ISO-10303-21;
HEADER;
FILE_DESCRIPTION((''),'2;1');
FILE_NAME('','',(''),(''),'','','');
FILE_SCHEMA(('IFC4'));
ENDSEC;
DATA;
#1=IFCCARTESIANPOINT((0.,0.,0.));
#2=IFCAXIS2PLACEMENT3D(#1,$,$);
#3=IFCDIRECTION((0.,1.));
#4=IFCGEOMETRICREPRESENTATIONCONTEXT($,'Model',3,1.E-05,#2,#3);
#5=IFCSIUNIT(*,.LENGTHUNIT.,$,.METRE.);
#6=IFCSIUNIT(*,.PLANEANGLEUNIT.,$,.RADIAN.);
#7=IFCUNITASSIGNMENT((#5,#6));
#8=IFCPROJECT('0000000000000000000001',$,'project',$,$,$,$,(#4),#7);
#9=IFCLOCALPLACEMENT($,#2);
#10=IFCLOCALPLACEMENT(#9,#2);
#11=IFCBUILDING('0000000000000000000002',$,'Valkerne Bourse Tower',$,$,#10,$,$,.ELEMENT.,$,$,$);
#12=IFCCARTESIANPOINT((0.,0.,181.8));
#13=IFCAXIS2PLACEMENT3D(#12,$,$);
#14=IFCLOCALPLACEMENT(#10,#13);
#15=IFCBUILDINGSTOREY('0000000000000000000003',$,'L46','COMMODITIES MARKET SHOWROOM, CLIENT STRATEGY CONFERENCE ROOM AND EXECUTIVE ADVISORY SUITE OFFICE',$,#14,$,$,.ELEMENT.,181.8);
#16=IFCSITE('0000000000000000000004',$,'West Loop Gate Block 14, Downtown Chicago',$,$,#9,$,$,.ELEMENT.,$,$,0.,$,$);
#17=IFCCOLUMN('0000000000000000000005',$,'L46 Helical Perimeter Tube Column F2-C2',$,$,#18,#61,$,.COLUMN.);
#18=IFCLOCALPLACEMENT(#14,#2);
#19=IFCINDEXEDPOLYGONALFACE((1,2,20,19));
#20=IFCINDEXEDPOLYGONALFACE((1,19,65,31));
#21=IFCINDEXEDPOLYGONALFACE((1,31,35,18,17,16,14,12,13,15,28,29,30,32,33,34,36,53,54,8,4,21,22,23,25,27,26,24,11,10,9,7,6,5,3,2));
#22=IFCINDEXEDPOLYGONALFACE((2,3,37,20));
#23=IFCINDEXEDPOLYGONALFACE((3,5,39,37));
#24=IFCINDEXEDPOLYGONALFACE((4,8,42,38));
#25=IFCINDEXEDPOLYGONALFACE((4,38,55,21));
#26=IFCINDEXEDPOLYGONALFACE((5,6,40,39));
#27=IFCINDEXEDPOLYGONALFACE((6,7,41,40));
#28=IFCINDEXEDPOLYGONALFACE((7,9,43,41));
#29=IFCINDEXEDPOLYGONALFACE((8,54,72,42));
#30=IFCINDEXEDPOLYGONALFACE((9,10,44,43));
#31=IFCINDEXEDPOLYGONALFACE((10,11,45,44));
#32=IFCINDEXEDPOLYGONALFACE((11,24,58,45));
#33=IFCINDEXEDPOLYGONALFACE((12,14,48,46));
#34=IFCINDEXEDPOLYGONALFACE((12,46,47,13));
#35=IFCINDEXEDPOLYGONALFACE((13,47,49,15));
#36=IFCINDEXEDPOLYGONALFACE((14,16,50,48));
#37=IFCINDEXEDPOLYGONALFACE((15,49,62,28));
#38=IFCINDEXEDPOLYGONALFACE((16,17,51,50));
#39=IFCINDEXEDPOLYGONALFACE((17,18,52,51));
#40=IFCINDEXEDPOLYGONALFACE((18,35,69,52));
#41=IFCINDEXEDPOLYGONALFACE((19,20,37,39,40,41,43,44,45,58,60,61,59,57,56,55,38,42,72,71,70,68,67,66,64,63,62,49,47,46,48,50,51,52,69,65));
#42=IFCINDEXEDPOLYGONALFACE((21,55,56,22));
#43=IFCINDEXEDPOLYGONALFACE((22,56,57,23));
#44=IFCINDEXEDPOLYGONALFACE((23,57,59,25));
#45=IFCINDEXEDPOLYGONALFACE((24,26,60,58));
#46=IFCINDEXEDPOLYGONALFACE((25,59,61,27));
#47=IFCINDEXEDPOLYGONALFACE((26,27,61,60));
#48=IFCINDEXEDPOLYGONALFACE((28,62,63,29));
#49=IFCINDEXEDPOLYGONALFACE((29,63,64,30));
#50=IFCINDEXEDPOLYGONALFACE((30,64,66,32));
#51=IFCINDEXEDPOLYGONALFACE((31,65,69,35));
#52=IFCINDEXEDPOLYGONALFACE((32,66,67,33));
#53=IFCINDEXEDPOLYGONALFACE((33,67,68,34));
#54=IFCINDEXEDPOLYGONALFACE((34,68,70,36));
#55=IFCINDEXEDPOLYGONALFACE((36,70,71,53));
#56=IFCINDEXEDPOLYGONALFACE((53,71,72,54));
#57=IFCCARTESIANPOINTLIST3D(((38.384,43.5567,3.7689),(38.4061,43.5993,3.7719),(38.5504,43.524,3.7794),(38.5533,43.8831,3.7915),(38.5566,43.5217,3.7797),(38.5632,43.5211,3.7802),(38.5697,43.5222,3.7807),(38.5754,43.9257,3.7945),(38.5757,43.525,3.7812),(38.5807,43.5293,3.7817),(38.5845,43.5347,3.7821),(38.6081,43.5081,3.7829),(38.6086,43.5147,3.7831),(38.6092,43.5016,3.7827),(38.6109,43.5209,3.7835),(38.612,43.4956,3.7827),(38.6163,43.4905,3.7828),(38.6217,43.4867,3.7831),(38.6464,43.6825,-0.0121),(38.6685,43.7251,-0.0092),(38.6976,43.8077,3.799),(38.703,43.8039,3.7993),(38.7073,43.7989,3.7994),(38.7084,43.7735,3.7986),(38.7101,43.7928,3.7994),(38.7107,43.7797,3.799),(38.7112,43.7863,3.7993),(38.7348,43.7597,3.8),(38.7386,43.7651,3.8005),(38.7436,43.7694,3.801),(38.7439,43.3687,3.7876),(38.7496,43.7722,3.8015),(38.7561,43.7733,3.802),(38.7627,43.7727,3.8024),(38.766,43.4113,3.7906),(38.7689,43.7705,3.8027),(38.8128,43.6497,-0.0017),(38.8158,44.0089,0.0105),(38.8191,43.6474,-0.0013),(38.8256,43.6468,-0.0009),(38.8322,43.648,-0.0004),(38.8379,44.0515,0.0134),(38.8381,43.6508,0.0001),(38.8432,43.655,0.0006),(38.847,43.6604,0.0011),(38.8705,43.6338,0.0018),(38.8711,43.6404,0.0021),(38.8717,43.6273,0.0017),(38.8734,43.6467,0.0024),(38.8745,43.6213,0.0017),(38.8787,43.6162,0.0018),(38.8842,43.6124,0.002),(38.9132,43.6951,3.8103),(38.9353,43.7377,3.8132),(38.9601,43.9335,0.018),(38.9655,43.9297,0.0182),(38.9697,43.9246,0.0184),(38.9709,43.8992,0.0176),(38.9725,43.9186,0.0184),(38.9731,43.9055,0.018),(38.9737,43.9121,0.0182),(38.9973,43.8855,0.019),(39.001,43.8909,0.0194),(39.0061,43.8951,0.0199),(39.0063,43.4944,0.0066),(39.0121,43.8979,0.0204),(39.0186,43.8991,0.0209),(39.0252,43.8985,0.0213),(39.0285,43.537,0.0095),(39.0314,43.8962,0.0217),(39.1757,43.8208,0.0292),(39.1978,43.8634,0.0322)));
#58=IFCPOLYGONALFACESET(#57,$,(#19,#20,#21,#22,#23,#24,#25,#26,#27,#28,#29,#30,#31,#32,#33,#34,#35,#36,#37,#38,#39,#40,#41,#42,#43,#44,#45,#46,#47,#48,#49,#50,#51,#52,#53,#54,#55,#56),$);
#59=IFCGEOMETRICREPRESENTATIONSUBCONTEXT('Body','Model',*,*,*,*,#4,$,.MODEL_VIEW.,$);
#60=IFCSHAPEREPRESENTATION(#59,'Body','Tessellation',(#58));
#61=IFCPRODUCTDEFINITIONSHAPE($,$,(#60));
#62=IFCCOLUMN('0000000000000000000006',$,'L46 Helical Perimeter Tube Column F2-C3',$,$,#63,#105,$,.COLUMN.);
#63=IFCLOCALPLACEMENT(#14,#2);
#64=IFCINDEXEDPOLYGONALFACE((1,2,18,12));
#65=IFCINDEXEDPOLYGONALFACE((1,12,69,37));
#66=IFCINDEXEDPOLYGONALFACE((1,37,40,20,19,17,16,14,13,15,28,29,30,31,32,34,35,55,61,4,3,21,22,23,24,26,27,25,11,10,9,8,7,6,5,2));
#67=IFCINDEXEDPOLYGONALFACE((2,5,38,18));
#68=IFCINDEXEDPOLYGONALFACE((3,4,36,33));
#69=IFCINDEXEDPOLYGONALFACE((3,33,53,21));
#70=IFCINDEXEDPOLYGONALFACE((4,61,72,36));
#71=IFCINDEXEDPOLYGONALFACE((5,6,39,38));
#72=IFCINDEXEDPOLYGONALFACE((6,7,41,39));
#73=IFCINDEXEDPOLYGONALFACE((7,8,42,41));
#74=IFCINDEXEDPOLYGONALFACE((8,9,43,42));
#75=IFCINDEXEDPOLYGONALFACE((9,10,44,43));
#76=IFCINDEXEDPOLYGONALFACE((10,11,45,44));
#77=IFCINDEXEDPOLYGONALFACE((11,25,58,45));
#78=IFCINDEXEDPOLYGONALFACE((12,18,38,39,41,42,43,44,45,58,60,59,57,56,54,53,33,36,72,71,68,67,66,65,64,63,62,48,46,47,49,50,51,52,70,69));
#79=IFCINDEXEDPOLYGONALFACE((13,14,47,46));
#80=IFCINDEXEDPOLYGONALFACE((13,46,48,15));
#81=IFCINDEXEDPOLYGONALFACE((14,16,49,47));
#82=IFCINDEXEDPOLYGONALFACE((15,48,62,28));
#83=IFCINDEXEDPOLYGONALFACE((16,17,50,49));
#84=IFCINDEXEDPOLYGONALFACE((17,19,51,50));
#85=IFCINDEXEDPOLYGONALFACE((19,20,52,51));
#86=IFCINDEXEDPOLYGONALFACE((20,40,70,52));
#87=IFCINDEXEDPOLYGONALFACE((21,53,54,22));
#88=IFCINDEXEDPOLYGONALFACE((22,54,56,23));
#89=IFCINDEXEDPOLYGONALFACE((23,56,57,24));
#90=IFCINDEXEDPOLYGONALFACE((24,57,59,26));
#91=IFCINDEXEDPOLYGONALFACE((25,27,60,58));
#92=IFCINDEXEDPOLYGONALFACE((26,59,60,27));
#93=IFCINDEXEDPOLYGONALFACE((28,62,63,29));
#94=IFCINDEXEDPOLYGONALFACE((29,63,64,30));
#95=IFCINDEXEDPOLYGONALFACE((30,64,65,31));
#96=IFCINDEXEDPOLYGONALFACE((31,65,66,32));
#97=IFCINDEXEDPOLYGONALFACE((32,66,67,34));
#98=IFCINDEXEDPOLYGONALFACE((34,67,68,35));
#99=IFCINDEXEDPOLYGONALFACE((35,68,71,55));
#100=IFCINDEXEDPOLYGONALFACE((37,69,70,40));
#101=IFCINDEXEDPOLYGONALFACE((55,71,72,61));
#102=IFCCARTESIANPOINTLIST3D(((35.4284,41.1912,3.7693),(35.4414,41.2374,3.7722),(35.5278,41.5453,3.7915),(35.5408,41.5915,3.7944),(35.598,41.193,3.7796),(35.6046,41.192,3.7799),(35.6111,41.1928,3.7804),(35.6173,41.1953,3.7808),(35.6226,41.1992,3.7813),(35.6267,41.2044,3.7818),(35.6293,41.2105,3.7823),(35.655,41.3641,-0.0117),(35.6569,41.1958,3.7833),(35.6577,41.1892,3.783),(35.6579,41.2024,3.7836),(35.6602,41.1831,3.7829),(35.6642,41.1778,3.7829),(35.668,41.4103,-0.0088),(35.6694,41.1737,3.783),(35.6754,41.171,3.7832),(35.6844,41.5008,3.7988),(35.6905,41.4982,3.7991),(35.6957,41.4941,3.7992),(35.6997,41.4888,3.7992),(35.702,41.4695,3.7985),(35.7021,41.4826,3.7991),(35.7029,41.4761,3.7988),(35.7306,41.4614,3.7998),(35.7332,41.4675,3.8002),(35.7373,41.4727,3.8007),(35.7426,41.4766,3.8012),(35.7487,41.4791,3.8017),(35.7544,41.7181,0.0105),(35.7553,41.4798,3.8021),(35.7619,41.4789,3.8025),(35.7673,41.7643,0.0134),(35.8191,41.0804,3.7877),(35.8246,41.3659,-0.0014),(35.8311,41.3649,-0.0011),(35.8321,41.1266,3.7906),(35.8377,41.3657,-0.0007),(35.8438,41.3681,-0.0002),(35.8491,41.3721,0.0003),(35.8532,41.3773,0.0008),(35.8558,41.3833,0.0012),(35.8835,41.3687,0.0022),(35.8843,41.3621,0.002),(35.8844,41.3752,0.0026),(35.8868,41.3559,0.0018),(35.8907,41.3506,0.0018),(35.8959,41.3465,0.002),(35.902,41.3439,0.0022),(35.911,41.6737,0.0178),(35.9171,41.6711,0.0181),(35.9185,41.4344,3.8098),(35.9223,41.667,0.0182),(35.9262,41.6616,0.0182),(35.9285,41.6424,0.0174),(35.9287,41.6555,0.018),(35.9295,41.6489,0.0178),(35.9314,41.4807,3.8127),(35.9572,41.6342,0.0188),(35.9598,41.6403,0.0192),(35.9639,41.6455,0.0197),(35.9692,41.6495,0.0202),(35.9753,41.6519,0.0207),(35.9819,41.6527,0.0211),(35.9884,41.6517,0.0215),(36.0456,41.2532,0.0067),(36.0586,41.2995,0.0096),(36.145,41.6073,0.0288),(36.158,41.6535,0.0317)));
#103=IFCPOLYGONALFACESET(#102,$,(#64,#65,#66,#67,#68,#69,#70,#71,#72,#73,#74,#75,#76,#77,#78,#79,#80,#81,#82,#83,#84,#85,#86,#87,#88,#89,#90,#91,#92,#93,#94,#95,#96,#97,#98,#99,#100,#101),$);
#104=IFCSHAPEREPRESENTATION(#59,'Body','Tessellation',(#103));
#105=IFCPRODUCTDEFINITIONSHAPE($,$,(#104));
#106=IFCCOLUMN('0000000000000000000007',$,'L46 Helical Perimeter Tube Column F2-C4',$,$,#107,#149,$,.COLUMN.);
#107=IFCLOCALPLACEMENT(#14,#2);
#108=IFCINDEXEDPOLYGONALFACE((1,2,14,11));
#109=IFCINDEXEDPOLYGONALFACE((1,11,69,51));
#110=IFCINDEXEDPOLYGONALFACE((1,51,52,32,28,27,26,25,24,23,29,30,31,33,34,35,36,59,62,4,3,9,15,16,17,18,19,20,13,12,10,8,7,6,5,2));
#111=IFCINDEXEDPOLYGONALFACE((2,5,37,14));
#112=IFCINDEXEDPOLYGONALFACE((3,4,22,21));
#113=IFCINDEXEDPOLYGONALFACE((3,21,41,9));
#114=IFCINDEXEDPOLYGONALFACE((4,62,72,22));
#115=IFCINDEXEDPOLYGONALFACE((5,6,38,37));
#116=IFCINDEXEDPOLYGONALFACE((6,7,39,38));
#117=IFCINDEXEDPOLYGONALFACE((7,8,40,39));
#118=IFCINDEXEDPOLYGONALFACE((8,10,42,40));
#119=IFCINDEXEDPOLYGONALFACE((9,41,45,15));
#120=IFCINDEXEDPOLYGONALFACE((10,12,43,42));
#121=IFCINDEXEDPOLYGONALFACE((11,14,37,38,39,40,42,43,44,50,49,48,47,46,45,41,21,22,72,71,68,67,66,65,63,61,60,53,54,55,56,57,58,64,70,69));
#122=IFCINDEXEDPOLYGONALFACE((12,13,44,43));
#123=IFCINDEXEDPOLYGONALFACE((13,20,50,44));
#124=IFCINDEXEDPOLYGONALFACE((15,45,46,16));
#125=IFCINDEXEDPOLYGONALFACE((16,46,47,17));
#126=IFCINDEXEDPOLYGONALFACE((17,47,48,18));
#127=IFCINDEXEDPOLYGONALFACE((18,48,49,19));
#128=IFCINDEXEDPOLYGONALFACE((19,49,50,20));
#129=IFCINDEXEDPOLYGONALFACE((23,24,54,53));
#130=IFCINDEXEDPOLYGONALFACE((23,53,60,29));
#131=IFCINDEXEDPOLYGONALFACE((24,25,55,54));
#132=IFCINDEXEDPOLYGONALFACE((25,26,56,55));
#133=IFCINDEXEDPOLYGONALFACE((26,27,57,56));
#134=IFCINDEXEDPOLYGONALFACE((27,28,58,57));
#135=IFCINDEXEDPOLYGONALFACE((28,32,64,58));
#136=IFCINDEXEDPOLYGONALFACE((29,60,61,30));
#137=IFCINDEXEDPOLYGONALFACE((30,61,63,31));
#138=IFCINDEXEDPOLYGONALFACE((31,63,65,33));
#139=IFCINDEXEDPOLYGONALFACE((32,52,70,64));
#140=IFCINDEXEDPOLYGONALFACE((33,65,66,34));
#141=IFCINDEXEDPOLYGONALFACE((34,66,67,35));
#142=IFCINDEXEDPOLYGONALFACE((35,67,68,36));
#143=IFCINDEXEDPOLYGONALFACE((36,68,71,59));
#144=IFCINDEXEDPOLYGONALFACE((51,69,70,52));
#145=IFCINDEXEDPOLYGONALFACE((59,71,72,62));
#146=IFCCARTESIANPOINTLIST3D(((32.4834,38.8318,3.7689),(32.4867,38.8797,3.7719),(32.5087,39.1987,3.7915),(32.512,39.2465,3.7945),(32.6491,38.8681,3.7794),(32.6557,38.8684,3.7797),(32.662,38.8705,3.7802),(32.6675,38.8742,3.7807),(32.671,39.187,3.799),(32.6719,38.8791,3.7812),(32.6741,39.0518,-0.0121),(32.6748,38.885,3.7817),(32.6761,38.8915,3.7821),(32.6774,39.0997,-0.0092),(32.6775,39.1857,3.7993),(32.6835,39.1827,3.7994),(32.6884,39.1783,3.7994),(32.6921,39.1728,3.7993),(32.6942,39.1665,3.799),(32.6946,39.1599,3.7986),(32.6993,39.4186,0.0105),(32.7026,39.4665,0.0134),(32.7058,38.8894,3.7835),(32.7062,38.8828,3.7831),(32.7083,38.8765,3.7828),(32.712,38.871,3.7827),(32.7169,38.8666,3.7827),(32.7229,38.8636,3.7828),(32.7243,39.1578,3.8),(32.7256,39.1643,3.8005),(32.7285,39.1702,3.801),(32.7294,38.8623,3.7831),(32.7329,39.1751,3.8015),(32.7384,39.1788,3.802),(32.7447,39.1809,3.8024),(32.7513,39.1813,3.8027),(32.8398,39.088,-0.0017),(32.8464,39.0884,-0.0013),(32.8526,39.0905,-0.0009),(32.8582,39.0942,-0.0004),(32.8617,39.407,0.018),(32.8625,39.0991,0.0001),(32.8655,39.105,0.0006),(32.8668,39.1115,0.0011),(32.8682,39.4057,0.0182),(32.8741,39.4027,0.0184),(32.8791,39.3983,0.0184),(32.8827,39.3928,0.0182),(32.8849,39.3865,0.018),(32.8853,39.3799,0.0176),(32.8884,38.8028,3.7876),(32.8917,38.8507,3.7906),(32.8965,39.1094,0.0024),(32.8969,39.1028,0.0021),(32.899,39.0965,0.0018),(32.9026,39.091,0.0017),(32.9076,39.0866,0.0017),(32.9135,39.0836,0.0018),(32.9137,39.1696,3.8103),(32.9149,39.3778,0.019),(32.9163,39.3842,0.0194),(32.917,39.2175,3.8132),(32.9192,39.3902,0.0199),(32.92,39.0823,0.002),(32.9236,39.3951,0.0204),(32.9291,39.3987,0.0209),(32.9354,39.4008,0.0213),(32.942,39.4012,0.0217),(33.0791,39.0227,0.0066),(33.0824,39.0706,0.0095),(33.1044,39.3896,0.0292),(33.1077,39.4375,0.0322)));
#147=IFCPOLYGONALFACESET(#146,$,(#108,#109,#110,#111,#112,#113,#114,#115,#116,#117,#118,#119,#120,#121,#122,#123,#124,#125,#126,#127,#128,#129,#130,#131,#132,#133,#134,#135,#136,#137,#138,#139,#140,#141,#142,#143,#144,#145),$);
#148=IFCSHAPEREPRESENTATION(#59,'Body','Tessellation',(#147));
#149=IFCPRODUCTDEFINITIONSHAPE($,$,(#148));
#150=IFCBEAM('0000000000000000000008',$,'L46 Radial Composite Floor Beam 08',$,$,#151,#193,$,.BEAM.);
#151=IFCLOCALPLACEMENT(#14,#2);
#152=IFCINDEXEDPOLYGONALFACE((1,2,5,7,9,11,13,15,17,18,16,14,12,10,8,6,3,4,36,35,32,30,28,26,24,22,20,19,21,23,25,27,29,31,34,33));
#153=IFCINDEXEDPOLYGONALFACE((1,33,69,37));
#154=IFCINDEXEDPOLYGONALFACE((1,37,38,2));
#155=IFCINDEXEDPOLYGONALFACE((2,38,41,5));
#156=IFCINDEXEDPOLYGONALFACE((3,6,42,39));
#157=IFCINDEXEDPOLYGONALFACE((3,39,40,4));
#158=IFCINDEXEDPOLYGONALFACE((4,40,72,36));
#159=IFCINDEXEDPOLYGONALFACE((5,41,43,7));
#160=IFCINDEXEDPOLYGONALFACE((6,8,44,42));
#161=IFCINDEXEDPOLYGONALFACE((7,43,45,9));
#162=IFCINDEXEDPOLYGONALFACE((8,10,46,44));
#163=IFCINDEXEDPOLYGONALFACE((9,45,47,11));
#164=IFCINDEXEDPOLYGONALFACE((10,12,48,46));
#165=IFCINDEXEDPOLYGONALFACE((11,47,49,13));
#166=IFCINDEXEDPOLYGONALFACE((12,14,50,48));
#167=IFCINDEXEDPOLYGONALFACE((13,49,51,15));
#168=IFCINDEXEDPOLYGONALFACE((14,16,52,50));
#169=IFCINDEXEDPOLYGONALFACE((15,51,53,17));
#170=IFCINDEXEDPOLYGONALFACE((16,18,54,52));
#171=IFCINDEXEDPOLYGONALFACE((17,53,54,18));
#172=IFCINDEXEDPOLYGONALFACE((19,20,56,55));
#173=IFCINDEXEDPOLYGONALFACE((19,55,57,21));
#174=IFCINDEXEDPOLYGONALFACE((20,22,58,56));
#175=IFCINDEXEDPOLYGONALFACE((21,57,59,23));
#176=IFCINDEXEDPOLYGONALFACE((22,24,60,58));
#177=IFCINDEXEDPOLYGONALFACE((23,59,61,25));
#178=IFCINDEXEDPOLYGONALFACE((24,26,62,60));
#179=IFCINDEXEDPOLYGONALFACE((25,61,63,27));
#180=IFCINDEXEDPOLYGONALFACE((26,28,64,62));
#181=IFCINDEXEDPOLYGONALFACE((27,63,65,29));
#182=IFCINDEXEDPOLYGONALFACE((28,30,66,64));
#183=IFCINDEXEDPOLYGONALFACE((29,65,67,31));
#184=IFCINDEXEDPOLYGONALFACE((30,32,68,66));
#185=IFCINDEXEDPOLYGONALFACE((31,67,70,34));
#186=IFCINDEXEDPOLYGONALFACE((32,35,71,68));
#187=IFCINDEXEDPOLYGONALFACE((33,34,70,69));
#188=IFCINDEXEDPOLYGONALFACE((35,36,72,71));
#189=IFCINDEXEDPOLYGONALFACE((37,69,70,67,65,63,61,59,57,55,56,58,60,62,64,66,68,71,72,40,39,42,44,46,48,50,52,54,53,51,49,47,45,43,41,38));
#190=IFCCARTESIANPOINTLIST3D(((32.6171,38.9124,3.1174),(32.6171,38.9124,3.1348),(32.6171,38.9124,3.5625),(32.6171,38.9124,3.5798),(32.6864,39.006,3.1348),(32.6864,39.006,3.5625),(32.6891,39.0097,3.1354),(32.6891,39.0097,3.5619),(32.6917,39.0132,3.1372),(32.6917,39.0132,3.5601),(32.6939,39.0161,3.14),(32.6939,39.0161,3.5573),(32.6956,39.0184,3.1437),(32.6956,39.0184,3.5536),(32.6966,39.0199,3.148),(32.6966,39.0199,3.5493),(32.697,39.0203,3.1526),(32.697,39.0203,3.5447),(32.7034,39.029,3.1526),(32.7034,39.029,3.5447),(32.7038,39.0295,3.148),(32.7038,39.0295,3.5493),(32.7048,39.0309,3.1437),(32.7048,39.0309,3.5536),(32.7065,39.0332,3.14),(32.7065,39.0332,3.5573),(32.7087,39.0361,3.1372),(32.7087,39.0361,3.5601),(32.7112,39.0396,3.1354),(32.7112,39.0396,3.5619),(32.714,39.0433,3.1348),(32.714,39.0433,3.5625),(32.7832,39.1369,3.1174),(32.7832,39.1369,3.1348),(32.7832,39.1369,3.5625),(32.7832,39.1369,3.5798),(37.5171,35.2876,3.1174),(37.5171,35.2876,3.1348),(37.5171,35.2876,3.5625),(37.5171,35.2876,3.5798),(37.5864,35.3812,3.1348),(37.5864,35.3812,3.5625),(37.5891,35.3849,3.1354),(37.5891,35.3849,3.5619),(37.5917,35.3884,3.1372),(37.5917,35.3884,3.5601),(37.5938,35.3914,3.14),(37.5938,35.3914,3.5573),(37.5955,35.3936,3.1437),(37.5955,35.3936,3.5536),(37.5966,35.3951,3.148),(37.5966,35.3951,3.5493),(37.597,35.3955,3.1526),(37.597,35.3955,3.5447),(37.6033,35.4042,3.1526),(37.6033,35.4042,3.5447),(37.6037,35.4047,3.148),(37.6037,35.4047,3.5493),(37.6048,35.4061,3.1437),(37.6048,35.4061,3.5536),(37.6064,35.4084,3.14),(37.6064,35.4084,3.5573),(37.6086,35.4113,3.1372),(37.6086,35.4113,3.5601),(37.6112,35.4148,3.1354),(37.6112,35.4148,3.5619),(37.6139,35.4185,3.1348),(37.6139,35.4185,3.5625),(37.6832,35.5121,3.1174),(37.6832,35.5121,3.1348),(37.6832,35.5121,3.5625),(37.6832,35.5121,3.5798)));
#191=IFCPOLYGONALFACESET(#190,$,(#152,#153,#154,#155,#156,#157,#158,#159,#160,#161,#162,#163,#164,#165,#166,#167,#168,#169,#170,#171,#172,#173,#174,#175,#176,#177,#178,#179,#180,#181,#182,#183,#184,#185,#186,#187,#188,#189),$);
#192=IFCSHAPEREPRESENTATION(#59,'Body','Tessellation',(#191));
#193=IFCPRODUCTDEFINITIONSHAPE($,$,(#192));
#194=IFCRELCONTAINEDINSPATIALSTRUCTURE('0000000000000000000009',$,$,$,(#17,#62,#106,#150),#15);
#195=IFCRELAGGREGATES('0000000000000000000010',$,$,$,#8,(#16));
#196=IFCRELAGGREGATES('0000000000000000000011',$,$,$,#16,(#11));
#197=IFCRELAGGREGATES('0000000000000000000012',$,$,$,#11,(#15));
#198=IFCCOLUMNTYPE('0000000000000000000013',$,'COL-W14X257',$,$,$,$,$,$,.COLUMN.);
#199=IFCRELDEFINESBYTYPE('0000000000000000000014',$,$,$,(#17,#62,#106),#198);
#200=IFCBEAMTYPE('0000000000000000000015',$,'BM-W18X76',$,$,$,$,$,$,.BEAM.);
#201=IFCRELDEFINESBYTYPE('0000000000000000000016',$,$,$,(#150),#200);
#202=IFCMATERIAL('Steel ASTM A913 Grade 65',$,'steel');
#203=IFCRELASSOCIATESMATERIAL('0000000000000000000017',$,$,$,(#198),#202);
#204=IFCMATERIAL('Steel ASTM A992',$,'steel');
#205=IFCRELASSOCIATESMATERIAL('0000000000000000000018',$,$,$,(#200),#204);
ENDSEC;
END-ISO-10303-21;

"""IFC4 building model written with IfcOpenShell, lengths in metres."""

from ifc_helpers import new_model, si_unit, direction, frame, origin, origin_2d, place, context, subcontext, project, spatial, i_section, extrude, material, material_profile, profile_set, type_object, element, save


model = new_model("IFC4")

# Units and contexts
model_context = context("Model", 3, precision=1e-05, world=origin(), true_north=direction((0.0, 1.0)))
body_context = subcontext(model_context, "Body", "Model", "MODEL_VIEW")
ifc_project = project(units=[si_unit("LENGTHUNIT", "METRE"), si_unit("PLANEANGLEUNIT", "RADIAN")], contexts=[model_context])

# Site, building, storey
site_placement = place(None, origin())
site = spatial("IfcSite", under=ifc_project, at=site_placement, Name="West Loop Gate Block 14, Downtown Chicago", CompositionType="ELEMENT", RefElevation=0.0)
building_placement = place(site_placement, origin())
building = spatial("IfcBuilding", under=site, at=building_placement, Name="Valkerne Bourse Tower", CompositionType="ELEMENT")
storey_placement = place(building_placement, frame((0.0, 0.0, 181.8)))
storey = spatial("IfcBuildingStorey", under=building, at=storey_placement, Name="L46", Description="COMMODITIES MARKET SHOWROOM, CLIENT STRATEGY CONFERENCE ROOM AND EXECUTIVE ADVISORY SUITE OFFICE", CompositionType="ELEMENT", Elevation=181.8)

# Columns
ifc_material_1 = material(Name="Steel ASTM A913 Grade 65", Category="steel")
ifc_material_profile_1 = material_profile(ifc_material_1, i_section(OverallWidth=0.4065, OverallDepth=0.4165, WebThickness=0.0298, FlangeThickness=0.0481, FilletRadius=0.0254, at=origin_2d()), Name="W14X257")
ifc_profile_set_1 = profile_set([ifc_material_profile_1], Name="Steel ASTM A913 Grade 65")
column_type = type_object("IfcColumnType", Name="COL-W14X257", PredefinedType="COLUMN", material=ifc_profile_set_1)
column_1_placement = place(storey_placement, frame((38.9221, 43.7729, 0.01), z_axis=(-0.069208, -0.033156, 0.997051), x_axis=(-0.885395, 0.46255, -0.046077)))
element("IfcColumn", 1, at=column_1_placement, inside=storey, type_object=column_type, Name="L46 Helical Perimeter Tube Column F2-C2", PredefinedType="COLUMN", context=body_context, shape_type="SweptSolid", body=[
    extrude(i_section(OverallWidth=0.4065, OverallDepth=0.4165, WebThickness=0.0298, FlangeThickness=0.0481, FilletRadius=0.0254, at=origin_2d()), origin(), (0.0, 0.0, 1.0), 3.7922),
])
column_2_placement = place(storey_placement, frame((35.9065, 41.5088, 0.01), z_axis=(-0.059752, -0.045586, 0.997172), x_axis=(-0.961063, 0.272619, -0.045125)))
element("IfcColumn", 2, at=column_2_placement, inside=storey, type_object=column_type, Name="L46 Helical Perimeter Tube Column F2-C3", PredefinedType="COLUMN", context=body_context, shape_type="SweptSolid", body=[
    extrude(i_section(OverallWidth=0.4065, OverallDepth=0.4165, WebThickness=0.0298, FlangeThickness=0.0481, FilletRadius=0.0254, at=origin_2d()), origin(), (0.0, 0.0, 1.0), 3.7917),
])
column_3_placement = place(storey_placement, frame((32.8909, 39.2446, 0.01), z_axis=(-0.050281, -0.058006, 0.997049), x_axis=(-0.99638, 0.07143, -0.046091)))
element("IfcColumn", 3, at=column_3_placement, inside=storey, type_object=column_type, Name="L46 Helical Perimeter Tube Column F2-C4", PredefinedType="COLUMN", context=body_context, shape_type="SweptSolid", body=[
    extrude(i_section(OverallWidth=0.4065, OverallDepth=0.4165, WebThickness=0.0298, FlangeThickness=0.0481, FilletRadius=0.0254, at=origin_2d()), origin(), (0.0, 0.0, 1.0), 3.7922),
])

# Beam
ifc_material_2 = material(Name="Steel ASTM A992", Category="steel")
ifc_material_profile_2 = material_profile(ifc_material_2, i_section(OverallWidth=0.2793, OverallDepth=0.4624, WebThickness=0.0107, FlangeThickness=0.0173, FilletRadius=0.0178, at=origin_2d()), Name="W18X76")
ifc_profile_set_2 = profile_set([ifc_material_profile_2], Name="Steel ASTM A992")
beam_type_1 = type_object("IfcBeamType", Name="BM-W18X76", PredefinedType="BEAM", material=ifc_profile_set_2)
beam_1_placement = place(storey_placement, frame((32.7002, 39.0247, 3.3486), z_axis=(0.803934, -0.594719, 0.0), x_axis=(0.594719, 0.803934, 0.0)))
element("IfcBeam", 4, at=beam_1_placement, inside=storey, type_object=beam_type_1, Name="L46 Radial Composite Floor Beam 08", PredefinedType="BEAM", context=body_context, shape_type="SweptSolid", body=[
    extrude(i_section(OverallWidth=0.2793, OverallDepth=0.4624, WebThickness=0.0107, FlangeThickness=0.0173, FilletRadius=0.0178, at=origin_2d()), origin(), (0.0, 0.0, 1.0), 6.095),
])

save(model, "model.ifc")
